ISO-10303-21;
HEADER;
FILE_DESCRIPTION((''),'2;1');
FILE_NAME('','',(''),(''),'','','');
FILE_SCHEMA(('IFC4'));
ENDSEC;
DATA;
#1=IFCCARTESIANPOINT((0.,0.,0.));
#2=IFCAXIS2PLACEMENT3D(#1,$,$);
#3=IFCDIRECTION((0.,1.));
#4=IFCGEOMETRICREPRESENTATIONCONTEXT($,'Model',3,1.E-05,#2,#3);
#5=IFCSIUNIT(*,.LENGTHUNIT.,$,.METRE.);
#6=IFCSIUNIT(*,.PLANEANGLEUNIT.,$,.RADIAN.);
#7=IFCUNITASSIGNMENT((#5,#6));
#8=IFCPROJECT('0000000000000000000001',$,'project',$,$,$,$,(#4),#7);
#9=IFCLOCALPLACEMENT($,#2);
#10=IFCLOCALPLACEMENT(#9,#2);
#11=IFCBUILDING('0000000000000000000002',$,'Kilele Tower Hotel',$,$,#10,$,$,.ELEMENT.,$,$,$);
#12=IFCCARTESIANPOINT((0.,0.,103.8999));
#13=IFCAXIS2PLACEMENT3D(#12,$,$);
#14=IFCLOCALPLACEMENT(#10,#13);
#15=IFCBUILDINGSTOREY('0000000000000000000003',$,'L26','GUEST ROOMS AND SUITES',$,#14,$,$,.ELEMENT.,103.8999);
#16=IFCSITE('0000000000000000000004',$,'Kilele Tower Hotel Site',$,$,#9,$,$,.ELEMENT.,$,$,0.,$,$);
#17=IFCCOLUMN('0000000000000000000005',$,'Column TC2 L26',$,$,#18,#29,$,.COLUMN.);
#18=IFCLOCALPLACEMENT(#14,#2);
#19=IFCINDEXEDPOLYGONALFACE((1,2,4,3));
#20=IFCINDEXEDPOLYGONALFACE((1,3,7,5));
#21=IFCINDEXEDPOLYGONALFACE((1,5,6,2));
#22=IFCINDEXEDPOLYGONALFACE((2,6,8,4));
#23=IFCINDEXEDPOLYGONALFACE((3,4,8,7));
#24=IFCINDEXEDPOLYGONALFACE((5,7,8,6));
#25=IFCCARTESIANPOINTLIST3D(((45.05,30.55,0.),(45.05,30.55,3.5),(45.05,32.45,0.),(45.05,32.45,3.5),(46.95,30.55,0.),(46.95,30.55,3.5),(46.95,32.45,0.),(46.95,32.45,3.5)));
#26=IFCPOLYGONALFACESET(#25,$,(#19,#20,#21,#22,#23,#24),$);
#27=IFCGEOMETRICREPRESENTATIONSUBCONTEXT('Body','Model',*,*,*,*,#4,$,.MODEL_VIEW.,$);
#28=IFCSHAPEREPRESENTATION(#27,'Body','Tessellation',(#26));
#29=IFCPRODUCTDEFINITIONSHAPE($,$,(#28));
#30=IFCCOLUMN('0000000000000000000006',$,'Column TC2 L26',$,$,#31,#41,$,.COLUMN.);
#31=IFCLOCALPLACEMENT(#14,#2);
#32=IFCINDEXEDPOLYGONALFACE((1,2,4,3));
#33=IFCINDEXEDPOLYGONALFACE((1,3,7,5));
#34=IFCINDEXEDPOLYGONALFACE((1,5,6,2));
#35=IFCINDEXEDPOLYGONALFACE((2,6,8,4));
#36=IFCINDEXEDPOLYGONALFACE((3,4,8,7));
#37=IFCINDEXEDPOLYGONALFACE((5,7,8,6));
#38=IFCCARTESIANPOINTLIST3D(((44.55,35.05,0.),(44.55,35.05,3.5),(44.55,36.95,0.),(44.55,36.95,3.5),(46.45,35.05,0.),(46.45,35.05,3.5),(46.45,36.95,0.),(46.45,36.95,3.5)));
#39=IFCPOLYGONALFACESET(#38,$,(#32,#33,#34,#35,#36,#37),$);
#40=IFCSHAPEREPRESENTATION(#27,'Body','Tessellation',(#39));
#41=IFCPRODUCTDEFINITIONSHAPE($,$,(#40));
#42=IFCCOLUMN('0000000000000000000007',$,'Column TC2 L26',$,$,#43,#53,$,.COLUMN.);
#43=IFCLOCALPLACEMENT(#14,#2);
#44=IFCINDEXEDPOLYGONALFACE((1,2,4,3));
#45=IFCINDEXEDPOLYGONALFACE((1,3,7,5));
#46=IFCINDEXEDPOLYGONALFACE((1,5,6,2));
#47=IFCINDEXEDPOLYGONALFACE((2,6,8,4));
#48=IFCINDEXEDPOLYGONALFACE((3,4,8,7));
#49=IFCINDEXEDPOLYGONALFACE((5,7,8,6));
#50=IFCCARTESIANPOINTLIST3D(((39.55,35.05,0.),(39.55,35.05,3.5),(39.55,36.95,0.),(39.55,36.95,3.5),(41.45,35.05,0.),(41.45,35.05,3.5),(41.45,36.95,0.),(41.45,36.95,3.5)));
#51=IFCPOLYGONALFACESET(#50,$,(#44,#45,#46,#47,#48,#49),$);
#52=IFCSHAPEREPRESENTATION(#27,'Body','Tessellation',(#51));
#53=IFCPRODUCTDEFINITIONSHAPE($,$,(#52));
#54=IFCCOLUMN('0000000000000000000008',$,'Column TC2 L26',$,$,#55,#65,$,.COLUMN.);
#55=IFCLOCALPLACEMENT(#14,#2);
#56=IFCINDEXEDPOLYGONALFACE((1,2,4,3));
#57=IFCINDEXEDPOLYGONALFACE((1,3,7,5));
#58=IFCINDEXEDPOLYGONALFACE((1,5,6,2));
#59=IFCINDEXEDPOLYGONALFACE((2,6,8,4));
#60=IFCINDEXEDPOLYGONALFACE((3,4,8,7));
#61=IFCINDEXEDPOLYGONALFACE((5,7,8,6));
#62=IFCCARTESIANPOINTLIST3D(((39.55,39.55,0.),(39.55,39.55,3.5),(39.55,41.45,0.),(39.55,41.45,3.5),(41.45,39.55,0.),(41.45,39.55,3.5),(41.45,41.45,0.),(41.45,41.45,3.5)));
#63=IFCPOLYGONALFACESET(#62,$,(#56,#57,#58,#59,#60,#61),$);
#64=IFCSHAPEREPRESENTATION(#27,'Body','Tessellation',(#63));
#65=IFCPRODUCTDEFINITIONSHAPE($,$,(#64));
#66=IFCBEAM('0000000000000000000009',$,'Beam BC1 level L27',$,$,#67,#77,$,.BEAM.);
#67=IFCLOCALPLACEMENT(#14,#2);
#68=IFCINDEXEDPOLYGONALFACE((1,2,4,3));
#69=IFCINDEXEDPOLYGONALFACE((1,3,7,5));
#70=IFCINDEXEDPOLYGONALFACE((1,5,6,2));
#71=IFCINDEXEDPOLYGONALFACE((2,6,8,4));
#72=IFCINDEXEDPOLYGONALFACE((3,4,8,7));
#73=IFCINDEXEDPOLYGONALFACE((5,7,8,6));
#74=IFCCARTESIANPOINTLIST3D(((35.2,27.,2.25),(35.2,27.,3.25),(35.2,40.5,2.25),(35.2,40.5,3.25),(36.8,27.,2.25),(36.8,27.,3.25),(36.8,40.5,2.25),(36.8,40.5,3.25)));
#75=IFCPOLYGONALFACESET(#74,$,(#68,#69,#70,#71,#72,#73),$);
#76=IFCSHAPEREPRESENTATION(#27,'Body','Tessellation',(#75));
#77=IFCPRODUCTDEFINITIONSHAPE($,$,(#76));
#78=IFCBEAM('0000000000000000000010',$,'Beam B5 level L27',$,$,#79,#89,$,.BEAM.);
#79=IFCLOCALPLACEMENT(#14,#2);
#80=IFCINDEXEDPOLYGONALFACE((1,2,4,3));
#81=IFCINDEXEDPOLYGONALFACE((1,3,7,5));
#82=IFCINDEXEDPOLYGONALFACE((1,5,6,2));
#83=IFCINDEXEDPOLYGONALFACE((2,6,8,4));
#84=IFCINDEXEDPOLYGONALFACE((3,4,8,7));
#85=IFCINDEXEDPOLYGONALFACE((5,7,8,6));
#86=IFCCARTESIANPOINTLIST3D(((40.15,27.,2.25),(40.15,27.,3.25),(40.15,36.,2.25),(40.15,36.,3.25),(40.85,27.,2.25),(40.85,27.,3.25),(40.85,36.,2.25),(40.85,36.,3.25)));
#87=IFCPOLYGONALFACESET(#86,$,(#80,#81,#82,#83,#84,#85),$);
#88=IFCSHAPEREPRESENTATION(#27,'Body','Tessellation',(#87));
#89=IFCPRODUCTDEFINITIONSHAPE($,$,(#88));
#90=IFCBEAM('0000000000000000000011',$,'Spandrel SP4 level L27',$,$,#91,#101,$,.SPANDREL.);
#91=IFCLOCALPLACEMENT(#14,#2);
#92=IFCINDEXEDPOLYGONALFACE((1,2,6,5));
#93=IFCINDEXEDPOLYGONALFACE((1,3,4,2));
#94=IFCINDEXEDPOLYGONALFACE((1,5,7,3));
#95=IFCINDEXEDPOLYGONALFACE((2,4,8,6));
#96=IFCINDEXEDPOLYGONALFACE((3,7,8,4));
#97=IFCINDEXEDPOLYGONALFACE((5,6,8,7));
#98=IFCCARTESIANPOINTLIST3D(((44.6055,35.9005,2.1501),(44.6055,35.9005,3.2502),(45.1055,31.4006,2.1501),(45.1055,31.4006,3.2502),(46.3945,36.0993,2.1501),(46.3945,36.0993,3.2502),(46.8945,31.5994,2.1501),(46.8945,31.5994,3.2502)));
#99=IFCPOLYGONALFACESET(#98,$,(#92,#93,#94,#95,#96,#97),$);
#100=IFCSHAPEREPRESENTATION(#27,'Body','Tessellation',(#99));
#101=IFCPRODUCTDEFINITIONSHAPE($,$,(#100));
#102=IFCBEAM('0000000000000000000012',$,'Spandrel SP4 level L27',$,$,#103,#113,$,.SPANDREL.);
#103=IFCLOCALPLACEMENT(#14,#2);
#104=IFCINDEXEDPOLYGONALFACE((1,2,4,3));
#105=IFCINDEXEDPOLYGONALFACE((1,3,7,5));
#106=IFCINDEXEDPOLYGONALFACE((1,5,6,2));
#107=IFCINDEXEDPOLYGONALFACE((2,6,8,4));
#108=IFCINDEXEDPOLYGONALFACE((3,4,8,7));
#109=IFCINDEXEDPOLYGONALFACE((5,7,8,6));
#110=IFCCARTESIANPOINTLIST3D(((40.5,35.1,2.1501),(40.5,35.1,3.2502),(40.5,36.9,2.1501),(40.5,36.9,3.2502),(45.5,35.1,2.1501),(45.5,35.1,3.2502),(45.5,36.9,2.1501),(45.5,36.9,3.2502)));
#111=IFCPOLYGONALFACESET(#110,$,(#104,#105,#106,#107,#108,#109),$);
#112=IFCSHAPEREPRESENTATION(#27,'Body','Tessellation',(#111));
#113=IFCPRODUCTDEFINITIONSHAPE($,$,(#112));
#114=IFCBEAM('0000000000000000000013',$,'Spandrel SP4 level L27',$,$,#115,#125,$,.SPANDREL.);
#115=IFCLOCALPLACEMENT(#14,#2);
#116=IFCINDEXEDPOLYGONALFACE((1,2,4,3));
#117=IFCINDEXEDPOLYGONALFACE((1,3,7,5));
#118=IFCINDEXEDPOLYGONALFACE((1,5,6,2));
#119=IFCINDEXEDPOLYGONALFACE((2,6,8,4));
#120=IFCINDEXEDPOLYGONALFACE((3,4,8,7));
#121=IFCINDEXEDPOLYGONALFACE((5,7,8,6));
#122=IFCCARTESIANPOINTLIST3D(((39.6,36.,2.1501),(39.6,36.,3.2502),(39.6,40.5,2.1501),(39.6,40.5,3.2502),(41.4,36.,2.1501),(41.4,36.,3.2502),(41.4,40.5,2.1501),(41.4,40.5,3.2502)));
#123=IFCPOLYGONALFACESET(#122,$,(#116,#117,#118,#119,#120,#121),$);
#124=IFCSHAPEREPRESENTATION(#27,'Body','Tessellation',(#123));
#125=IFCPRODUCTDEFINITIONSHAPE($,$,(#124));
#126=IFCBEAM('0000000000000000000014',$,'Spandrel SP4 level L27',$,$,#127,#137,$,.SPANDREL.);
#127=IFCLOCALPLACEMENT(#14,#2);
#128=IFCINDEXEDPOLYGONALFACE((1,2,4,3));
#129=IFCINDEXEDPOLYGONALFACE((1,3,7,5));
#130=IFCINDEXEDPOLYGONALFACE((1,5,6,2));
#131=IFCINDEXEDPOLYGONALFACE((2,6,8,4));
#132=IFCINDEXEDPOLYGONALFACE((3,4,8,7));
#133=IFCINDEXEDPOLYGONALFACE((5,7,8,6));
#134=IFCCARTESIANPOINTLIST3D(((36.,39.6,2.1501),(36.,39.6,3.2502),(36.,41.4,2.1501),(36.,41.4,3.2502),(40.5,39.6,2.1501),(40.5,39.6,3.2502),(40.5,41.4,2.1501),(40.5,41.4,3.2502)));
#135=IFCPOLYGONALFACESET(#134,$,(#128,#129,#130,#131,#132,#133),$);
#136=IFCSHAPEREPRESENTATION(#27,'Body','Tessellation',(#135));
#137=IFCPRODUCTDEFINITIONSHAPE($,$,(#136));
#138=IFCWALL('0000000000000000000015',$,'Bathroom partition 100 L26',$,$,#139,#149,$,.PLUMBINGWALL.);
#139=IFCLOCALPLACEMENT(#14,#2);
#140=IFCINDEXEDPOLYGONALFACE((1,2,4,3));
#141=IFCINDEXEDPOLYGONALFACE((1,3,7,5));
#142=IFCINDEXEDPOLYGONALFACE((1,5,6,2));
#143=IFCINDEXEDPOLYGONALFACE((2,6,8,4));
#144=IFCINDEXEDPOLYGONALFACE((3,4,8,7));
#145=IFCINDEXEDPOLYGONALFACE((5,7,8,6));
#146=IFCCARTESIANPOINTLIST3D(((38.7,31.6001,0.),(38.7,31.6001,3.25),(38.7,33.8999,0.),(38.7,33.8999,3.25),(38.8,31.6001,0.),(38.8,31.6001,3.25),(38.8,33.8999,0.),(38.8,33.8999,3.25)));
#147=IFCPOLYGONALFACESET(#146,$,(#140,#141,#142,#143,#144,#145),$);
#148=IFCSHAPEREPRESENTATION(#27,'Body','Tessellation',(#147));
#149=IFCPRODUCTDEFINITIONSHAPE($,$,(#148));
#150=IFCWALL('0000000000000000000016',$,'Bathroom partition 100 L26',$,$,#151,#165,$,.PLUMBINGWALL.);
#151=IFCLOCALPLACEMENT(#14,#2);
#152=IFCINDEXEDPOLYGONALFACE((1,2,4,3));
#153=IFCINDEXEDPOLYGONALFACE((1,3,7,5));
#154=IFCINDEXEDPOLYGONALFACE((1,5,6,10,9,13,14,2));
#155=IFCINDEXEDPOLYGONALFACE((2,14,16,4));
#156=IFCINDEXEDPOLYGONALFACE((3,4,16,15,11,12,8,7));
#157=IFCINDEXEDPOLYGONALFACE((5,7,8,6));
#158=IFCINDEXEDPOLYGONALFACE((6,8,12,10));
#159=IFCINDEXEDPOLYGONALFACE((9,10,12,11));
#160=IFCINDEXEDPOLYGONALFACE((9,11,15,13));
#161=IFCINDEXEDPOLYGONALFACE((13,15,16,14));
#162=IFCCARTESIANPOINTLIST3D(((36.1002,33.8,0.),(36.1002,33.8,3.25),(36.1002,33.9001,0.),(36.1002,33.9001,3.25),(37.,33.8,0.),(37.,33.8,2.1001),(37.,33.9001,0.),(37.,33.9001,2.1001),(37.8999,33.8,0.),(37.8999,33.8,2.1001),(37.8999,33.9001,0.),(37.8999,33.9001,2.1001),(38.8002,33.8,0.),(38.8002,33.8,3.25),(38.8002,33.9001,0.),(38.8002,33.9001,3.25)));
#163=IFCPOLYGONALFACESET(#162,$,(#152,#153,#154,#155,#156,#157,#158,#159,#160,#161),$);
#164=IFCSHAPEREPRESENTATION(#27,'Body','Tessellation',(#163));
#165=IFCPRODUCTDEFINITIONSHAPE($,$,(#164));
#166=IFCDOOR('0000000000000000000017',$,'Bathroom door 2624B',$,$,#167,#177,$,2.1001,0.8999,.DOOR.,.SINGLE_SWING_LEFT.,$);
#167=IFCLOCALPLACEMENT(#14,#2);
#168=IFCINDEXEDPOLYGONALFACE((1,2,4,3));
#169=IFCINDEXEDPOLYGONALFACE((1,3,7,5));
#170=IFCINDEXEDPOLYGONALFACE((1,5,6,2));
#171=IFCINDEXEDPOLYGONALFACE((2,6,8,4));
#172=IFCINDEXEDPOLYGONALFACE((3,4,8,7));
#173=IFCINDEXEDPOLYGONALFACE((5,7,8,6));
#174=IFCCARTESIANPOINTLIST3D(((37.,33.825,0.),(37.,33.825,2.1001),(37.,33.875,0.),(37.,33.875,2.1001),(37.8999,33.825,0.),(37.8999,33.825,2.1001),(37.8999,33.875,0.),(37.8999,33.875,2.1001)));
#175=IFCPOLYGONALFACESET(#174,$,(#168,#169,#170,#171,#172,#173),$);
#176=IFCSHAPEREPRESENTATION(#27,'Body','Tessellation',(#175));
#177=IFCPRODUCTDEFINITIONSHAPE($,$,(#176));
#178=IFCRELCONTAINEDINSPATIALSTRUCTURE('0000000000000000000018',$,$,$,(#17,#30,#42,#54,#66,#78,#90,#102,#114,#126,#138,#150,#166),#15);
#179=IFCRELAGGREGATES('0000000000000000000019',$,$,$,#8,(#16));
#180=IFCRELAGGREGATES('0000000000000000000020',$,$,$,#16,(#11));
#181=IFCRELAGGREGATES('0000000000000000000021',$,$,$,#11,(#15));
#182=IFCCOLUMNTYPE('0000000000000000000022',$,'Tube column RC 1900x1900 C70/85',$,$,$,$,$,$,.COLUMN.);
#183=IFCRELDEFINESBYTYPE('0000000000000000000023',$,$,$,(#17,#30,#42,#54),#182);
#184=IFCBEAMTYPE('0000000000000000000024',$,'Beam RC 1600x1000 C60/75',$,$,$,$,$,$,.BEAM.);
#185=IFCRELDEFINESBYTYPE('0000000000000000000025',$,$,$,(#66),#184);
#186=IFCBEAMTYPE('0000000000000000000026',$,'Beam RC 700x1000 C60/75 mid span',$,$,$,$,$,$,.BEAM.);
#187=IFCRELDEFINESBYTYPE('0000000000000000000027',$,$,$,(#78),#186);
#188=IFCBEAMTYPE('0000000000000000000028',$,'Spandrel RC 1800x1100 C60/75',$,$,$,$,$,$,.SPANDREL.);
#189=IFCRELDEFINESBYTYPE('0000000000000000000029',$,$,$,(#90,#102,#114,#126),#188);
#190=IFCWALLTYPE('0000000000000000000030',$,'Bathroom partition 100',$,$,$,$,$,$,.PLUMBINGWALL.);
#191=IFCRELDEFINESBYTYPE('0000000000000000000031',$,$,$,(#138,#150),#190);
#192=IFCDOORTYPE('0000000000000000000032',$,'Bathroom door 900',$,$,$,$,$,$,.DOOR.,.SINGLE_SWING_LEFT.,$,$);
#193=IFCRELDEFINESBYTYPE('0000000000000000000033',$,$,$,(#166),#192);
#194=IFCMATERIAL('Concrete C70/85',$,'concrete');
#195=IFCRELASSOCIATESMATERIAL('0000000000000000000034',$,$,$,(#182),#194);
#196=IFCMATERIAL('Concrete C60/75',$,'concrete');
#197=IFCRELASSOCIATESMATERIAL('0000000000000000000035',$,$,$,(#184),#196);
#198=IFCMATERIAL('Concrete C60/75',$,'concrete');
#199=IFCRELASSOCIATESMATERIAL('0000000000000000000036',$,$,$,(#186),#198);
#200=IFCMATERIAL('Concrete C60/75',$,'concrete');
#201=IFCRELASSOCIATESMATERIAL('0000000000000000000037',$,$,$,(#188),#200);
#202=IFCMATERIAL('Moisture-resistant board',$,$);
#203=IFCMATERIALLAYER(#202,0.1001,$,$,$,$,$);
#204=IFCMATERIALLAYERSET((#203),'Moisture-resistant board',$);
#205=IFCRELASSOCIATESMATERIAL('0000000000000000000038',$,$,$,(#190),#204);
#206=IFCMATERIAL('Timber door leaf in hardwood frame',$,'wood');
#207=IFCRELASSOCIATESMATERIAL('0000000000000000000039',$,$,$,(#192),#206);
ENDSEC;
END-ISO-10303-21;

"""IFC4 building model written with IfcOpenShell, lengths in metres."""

from ifc_helpers import new_model, si_unit, direction, frame, frame_2d, origin, origin_2d, place, context, subcontext, project, spatial, rectangle, extrude, material, layer, layer_set, material_profile, profile_set, type_object, element, fill, save


model = new_model("IFC4")

# Units and contexts
model_context = context("Model", 3, precision=1e-05, world=origin(), true_north=direction((0.0, 1.0)))
body_context = subcontext(model_context, "Body", "Model", "MODEL_VIEW")
ifc_project = project(units=[si_unit("LENGTHUNIT", "METRE"), si_unit("PLANEANGLEUNIT", "RADIAN")], contexts=[model_context])

# Site, building, storey
site_placement = place(None, origin())
site = spatial("IfcSite", under=ifc_project, at=site_placement, Name="Kilele Tower Hotel Site", CompositionType="ELEMENT", RefElevation=0.0)
building_placement = place(site_placement, origin())
building = spatial("IfcBuilding", under=site, at=building_placement, Name="Kilele Tower Hotel", CompositionType="ELEMENT")
storey_placement = place(building_placement, frame((0.0, 0.0, 103.8999)))
storey = spatial("IfcBuildingStorey", under=building, at=storey_placement, Name="L26", Description="GUEST ROOMS AND SUITES", CompositionType="ELEMENT", Elevation=103.8999)

# Columns
ifc_material_1 = material(Name="Concrete C70/85", Category="concrete")
ifc_material_profile_1 = material_profile(ifc_material_1, rectangle(XDim=1.8999, YDim=1.8999, at=origin_2d()))
ifc_profile_set_1 = profile_set([ifc_material_profile_1], Name="Concrete C70/85")
column_type = type_object("IfcColumnType", Name="Tube column RC 1900x1900 C70/85", PredefinedType="COLUMN", material=ifc_profile_set_1)
for number, where, z_axis, x_axis, name in (
    (1, (46.0, 31.5, 0.0), (0.0, 0.0, 1.0), (1.0, 0.0, 0.0), "Column TC2 L26"),
    (2, (45.5, 36.0, 0.0), (0.0, 0.0, 1.0), (1.0, 0.0, 0.0), "Column TC2 L26"),
    (3, (40.5, 36.0, 0.0), (0.0, 0.0, 1.0), (1.0, 0.0, 0.0), "Column TC2 L26"),
    (4, (40.5, 40.5, 0.0), (0.0, 0.0, 1.0), (1.0, 0.0, 0.0), "Column TC2 L26"),
):
    element("IfcColumn", number, at=place(storey_placement, frame(where, z_axis=z_axis, x_axis=x_axis)), inside=storey, type_object=column_type, Name=name, PredefinedType="COLUMN", context=body_context, shape_type="SweptSolid", body=[
        extrude(rectangle(XDim=1.8999, YDim=1.8999, at=origin_2d()), origin(), (0.0, 0.0, 1.0), 3.5),
    ])

# Beams
ifc_material_2 = material(Name="Concrete C60/75", Category="concrete")
ifc_material_profile_2 = material_profile(ifc_material_2, rectangle(XDim=1.6001, YDim=1.0, at=origin_2d()))
ifc_profile_set_2 = profile_set([ifc_material_profile_2], Name="Concrete C60/75")
beam_type_1 = type_object("IfcBeamType", Name="Beam RC 1600x1000 C60/75", PredefinedType="BEAM", material=ifc_profile_set_2)
beam_1_placement = place(storey_placement, frame((36.0, 40.5, 2.75), z_axis=(0.0, -1.0, 0.0), x_axis=(1.0, 0.0, 0.0)))
element("IfcBeam", 5, at=beam_1_placement, inside=storey, type_object=beam_type_1, Name="Beam BC1 level L27", PredefinedType="BEAM", context=body_context, shape_type="SweptSolid", body=[
    extrude(rectangle(XDim=1.6001, YDim=1.0, at=origin_2d()), origin(), (0.0, 0.0, 1.0), 13.5),
])
ifc_material_3 = material(Name="Concrete C60/75", Category="concrete")
ifc_material_profile_3 = material_profile(ifc_material_3, rectangle(XDim=0.7, YDim=1.0, at=origin_2d()))
ifc_profile_set_3 = profile_set([ifc_material_profile_3], Name="Concrete C60/75")
beam_type_2 = type_object("IfcBeamType", Name="Beam RC 700x1000 C60/75 mid span", PredefinedType="BEAM", material=ifc_profile_set_3)
beam_2_placement = place(storey_placement, frame((40.5, 36.0, 2.75), z_axis=(0.0, -1.0, 0.0), x_axis=(1.0, 0.0, 0.0)))
element("IfcBeam", 6, at=beam_2_placement, inside=storey, type_object=beam_type_2, Name="Beam B5 level L27", PredefinedType="BEAM", context=body_context, shape_type="SweptSolid", body=[
    extrude(rectangle(XDim=0.7, YDim=1.0, at=origin_2d()), origin(), (0.0, 0.0, 1.0), 9.0),
])
ifc_material_4 = material(Name="Concrete C60/75", Category="concrete")
ifc_material_profile_4 = material_profile(ifc_material_4, rectangle(XDim=1.8, YDim=1.1001, at=origin_2d()))
ifc_profile_set_4 = profile_set([ifc_material_profile_4], Name="Concrete C60/75")
beam_type_3 = type_object("IfcBeamType", Name="Spandrel RC 1800x1100 C60/75", PredefinedType="SPANDREL", material=ifc_profile_set_4)
beam_3_placement = place(storey_placement, frame((46.0, 31.5, 2.7002), z_axis=(-0.110432, 0.993884, 0.0), x_axis=(-0.993884, -0.110432, 0.0)))
element("IfcBeam", 7, at=beam_3_placement, inside=storey, type_object=beam_type_3, Name="Spandrel SP4 level L27", PredefinedType="SPANDREL", context=body_context, shape_type="SweptSolid", body=[
    extrude(rectangle(XDim=1.8, YDim=1.1001, at=origin_2d()), origin(), (0.0, 0.0, 1.0), 4.5276),
])
beam_4_placement = place(storey_placement, frame((45.5, 36.0, 2.7002), z_axis=(-1.0, 0.0, 0.0), x_axis=(0.0, -1.0, 0.0)))
element("IfcBeam", 8, at=beam_4_placement, inside=storey, type_object=beam_type_3, Name="Spandrel SP4 level L27", PredefinedType="SPANDREL", context=body_context, shape_type="SweptSolid", body=[
    extrude(rectangle(XDim=1.8, YDim=1.1001, at=origin_2d()), origin(), (0.0, 0.0, 1.0), 5.0),
])
for number, where, z_axis, x_axis, name in (
    (9, (40.5, 36.0, 2.7002), (0.0, 1.0, 0.0), (-1.0, 0.0, 0.0), "Spandrel SP4 level L27"),
    (10, (40.5, 40.5, 2.7002), (-1.0, 0.0, 0.0), (0.0, -1.0, 0.0), "Spandrel SP4 level L27"),
):
    element("IfcBeam", number, at=place(storey_placement, frame(where, z_axis=z_axis, x_axis=x_axis)), inside=storey, type_object=beam_type_3, Name=name, PredefinedType="SPANDREL", context=body_context, shape_type="SweptSolid", body=[
        extrude(rectangle(XDim=1.8, YDim=1.1001, at=origin_2d()), origin(), (0.0, 0.0, 1.0), 4.5),
    ])

# Wall
ifc_material_5 = material(Name="Moisture-resistant board")
ifc_layer_1 = layer(ifc_material_5, 0.1001)
ifc_layer_set_1 = layer_set([ifc_layer_1], Name="Moisture-resistant board")
wall_type_1 = type_object("IfcWallType", Name="Bathroom partition 100", PredefinedType="PLUMBINGWALL", material=ifc_layer_set_1)
wall_1_placement = place(storey_placement, frame((38.75, 31.6001, 0.0), z_axis=(0.0, 0.0, 1.0), x_axis=(0.0, 1.0, 0.0)))
element("IfcWall", 11, at=wall_1_placement, inside=storey, type_object=wall_type_1, Name="Bathroom partition 100 L26", PredefinedType="PLUMBINGWALL", context=body_context, shape_type="SweptSolid", body=[
    extrude(rectangle(XDim=2.2998, YDim=0.1001, at=frame_2d((1.1499, 0.0))), origin(), (0.0, 0.0, 1.0), 3.25),
])

# Wall, opening, door
wall_2_placement = place(storey_placement, frame((36.1001, 33.8501, 0.0), z_axis=(0.0, 0.0, 1.0), x_axis=(1.0, 0.0, 0.0)))
wall_2 = element("IfcWall", 12, at=wall_2_placement, inside=storey, type_object=wall_type_1, Name="Bathroom partition 100 L26", PredefinedType="PLUMBINGWALL", context=body_context, shape_type="SweptSolid", body=[
    extrude(rectangle(XDim=2.7, YDim=0.1001, at=frame_2d((1.3501, 0.0))), origin(), (0.0, 0.0, 1.0), 3.25),
])
opening_1_placement = place(wall_2_placement, frame((0.8999, 0.0, 0.0)))
opening_1 = element("IfcOpeningElement", 13, at=opening_1_placement, cuts=wall_2, PredefinedType="OPENING", context=body_context, shape_type="SweptSolid", body=[
    extrude(rectangle(XDim=0.8999, YDim=2.1001, at=frame_2d((0.45, 1.05))), frame((0.0, 0.0601, 0.0), z_axis=(0.0, -1.0, 0.0), x_axis=(1.0, 0.0, 0.0)), (0.0, 0.0, 1.0), 0.1201),
])
ifc_material_6 = material(Name="Timber door leaf in hardwood frame", Category="wood")
door_type_1 = type_object("IfcDoorType", Name="Bathroom door 900", OperationType="SINGLE_SWING_LEFT", PredefinedType="DOOR", material=ifc_material_6)
door_1_placement = place(opening_1_placement, origin())
door_1 = element("IfcDoor", 14, at=door_1_placement, inside=storey, type_object=door_type_1, Name="Bathroom door 2624B", OperationType="SINGLE_SWING_LEFT", OverallHeight=2.1001, OverallWidth=0.8999, PredefinedType="DOOR", context=body_context, shape_type="SweptSolid", body=[
    extrude(rectangle(XDim=0.8999, YDim=2.1001, at=frame_2d((0.45, 1.05))), frame((0.0, 0.0249, 0.0), z_axis=(0.0, -1.0, 0.0), x_axis=(1.0, 0.0, 0.0)), (0.0, 0.0, 1.0), 0.05),
])
fill(opening_1, door_1)

save(model, "model.ifc")
